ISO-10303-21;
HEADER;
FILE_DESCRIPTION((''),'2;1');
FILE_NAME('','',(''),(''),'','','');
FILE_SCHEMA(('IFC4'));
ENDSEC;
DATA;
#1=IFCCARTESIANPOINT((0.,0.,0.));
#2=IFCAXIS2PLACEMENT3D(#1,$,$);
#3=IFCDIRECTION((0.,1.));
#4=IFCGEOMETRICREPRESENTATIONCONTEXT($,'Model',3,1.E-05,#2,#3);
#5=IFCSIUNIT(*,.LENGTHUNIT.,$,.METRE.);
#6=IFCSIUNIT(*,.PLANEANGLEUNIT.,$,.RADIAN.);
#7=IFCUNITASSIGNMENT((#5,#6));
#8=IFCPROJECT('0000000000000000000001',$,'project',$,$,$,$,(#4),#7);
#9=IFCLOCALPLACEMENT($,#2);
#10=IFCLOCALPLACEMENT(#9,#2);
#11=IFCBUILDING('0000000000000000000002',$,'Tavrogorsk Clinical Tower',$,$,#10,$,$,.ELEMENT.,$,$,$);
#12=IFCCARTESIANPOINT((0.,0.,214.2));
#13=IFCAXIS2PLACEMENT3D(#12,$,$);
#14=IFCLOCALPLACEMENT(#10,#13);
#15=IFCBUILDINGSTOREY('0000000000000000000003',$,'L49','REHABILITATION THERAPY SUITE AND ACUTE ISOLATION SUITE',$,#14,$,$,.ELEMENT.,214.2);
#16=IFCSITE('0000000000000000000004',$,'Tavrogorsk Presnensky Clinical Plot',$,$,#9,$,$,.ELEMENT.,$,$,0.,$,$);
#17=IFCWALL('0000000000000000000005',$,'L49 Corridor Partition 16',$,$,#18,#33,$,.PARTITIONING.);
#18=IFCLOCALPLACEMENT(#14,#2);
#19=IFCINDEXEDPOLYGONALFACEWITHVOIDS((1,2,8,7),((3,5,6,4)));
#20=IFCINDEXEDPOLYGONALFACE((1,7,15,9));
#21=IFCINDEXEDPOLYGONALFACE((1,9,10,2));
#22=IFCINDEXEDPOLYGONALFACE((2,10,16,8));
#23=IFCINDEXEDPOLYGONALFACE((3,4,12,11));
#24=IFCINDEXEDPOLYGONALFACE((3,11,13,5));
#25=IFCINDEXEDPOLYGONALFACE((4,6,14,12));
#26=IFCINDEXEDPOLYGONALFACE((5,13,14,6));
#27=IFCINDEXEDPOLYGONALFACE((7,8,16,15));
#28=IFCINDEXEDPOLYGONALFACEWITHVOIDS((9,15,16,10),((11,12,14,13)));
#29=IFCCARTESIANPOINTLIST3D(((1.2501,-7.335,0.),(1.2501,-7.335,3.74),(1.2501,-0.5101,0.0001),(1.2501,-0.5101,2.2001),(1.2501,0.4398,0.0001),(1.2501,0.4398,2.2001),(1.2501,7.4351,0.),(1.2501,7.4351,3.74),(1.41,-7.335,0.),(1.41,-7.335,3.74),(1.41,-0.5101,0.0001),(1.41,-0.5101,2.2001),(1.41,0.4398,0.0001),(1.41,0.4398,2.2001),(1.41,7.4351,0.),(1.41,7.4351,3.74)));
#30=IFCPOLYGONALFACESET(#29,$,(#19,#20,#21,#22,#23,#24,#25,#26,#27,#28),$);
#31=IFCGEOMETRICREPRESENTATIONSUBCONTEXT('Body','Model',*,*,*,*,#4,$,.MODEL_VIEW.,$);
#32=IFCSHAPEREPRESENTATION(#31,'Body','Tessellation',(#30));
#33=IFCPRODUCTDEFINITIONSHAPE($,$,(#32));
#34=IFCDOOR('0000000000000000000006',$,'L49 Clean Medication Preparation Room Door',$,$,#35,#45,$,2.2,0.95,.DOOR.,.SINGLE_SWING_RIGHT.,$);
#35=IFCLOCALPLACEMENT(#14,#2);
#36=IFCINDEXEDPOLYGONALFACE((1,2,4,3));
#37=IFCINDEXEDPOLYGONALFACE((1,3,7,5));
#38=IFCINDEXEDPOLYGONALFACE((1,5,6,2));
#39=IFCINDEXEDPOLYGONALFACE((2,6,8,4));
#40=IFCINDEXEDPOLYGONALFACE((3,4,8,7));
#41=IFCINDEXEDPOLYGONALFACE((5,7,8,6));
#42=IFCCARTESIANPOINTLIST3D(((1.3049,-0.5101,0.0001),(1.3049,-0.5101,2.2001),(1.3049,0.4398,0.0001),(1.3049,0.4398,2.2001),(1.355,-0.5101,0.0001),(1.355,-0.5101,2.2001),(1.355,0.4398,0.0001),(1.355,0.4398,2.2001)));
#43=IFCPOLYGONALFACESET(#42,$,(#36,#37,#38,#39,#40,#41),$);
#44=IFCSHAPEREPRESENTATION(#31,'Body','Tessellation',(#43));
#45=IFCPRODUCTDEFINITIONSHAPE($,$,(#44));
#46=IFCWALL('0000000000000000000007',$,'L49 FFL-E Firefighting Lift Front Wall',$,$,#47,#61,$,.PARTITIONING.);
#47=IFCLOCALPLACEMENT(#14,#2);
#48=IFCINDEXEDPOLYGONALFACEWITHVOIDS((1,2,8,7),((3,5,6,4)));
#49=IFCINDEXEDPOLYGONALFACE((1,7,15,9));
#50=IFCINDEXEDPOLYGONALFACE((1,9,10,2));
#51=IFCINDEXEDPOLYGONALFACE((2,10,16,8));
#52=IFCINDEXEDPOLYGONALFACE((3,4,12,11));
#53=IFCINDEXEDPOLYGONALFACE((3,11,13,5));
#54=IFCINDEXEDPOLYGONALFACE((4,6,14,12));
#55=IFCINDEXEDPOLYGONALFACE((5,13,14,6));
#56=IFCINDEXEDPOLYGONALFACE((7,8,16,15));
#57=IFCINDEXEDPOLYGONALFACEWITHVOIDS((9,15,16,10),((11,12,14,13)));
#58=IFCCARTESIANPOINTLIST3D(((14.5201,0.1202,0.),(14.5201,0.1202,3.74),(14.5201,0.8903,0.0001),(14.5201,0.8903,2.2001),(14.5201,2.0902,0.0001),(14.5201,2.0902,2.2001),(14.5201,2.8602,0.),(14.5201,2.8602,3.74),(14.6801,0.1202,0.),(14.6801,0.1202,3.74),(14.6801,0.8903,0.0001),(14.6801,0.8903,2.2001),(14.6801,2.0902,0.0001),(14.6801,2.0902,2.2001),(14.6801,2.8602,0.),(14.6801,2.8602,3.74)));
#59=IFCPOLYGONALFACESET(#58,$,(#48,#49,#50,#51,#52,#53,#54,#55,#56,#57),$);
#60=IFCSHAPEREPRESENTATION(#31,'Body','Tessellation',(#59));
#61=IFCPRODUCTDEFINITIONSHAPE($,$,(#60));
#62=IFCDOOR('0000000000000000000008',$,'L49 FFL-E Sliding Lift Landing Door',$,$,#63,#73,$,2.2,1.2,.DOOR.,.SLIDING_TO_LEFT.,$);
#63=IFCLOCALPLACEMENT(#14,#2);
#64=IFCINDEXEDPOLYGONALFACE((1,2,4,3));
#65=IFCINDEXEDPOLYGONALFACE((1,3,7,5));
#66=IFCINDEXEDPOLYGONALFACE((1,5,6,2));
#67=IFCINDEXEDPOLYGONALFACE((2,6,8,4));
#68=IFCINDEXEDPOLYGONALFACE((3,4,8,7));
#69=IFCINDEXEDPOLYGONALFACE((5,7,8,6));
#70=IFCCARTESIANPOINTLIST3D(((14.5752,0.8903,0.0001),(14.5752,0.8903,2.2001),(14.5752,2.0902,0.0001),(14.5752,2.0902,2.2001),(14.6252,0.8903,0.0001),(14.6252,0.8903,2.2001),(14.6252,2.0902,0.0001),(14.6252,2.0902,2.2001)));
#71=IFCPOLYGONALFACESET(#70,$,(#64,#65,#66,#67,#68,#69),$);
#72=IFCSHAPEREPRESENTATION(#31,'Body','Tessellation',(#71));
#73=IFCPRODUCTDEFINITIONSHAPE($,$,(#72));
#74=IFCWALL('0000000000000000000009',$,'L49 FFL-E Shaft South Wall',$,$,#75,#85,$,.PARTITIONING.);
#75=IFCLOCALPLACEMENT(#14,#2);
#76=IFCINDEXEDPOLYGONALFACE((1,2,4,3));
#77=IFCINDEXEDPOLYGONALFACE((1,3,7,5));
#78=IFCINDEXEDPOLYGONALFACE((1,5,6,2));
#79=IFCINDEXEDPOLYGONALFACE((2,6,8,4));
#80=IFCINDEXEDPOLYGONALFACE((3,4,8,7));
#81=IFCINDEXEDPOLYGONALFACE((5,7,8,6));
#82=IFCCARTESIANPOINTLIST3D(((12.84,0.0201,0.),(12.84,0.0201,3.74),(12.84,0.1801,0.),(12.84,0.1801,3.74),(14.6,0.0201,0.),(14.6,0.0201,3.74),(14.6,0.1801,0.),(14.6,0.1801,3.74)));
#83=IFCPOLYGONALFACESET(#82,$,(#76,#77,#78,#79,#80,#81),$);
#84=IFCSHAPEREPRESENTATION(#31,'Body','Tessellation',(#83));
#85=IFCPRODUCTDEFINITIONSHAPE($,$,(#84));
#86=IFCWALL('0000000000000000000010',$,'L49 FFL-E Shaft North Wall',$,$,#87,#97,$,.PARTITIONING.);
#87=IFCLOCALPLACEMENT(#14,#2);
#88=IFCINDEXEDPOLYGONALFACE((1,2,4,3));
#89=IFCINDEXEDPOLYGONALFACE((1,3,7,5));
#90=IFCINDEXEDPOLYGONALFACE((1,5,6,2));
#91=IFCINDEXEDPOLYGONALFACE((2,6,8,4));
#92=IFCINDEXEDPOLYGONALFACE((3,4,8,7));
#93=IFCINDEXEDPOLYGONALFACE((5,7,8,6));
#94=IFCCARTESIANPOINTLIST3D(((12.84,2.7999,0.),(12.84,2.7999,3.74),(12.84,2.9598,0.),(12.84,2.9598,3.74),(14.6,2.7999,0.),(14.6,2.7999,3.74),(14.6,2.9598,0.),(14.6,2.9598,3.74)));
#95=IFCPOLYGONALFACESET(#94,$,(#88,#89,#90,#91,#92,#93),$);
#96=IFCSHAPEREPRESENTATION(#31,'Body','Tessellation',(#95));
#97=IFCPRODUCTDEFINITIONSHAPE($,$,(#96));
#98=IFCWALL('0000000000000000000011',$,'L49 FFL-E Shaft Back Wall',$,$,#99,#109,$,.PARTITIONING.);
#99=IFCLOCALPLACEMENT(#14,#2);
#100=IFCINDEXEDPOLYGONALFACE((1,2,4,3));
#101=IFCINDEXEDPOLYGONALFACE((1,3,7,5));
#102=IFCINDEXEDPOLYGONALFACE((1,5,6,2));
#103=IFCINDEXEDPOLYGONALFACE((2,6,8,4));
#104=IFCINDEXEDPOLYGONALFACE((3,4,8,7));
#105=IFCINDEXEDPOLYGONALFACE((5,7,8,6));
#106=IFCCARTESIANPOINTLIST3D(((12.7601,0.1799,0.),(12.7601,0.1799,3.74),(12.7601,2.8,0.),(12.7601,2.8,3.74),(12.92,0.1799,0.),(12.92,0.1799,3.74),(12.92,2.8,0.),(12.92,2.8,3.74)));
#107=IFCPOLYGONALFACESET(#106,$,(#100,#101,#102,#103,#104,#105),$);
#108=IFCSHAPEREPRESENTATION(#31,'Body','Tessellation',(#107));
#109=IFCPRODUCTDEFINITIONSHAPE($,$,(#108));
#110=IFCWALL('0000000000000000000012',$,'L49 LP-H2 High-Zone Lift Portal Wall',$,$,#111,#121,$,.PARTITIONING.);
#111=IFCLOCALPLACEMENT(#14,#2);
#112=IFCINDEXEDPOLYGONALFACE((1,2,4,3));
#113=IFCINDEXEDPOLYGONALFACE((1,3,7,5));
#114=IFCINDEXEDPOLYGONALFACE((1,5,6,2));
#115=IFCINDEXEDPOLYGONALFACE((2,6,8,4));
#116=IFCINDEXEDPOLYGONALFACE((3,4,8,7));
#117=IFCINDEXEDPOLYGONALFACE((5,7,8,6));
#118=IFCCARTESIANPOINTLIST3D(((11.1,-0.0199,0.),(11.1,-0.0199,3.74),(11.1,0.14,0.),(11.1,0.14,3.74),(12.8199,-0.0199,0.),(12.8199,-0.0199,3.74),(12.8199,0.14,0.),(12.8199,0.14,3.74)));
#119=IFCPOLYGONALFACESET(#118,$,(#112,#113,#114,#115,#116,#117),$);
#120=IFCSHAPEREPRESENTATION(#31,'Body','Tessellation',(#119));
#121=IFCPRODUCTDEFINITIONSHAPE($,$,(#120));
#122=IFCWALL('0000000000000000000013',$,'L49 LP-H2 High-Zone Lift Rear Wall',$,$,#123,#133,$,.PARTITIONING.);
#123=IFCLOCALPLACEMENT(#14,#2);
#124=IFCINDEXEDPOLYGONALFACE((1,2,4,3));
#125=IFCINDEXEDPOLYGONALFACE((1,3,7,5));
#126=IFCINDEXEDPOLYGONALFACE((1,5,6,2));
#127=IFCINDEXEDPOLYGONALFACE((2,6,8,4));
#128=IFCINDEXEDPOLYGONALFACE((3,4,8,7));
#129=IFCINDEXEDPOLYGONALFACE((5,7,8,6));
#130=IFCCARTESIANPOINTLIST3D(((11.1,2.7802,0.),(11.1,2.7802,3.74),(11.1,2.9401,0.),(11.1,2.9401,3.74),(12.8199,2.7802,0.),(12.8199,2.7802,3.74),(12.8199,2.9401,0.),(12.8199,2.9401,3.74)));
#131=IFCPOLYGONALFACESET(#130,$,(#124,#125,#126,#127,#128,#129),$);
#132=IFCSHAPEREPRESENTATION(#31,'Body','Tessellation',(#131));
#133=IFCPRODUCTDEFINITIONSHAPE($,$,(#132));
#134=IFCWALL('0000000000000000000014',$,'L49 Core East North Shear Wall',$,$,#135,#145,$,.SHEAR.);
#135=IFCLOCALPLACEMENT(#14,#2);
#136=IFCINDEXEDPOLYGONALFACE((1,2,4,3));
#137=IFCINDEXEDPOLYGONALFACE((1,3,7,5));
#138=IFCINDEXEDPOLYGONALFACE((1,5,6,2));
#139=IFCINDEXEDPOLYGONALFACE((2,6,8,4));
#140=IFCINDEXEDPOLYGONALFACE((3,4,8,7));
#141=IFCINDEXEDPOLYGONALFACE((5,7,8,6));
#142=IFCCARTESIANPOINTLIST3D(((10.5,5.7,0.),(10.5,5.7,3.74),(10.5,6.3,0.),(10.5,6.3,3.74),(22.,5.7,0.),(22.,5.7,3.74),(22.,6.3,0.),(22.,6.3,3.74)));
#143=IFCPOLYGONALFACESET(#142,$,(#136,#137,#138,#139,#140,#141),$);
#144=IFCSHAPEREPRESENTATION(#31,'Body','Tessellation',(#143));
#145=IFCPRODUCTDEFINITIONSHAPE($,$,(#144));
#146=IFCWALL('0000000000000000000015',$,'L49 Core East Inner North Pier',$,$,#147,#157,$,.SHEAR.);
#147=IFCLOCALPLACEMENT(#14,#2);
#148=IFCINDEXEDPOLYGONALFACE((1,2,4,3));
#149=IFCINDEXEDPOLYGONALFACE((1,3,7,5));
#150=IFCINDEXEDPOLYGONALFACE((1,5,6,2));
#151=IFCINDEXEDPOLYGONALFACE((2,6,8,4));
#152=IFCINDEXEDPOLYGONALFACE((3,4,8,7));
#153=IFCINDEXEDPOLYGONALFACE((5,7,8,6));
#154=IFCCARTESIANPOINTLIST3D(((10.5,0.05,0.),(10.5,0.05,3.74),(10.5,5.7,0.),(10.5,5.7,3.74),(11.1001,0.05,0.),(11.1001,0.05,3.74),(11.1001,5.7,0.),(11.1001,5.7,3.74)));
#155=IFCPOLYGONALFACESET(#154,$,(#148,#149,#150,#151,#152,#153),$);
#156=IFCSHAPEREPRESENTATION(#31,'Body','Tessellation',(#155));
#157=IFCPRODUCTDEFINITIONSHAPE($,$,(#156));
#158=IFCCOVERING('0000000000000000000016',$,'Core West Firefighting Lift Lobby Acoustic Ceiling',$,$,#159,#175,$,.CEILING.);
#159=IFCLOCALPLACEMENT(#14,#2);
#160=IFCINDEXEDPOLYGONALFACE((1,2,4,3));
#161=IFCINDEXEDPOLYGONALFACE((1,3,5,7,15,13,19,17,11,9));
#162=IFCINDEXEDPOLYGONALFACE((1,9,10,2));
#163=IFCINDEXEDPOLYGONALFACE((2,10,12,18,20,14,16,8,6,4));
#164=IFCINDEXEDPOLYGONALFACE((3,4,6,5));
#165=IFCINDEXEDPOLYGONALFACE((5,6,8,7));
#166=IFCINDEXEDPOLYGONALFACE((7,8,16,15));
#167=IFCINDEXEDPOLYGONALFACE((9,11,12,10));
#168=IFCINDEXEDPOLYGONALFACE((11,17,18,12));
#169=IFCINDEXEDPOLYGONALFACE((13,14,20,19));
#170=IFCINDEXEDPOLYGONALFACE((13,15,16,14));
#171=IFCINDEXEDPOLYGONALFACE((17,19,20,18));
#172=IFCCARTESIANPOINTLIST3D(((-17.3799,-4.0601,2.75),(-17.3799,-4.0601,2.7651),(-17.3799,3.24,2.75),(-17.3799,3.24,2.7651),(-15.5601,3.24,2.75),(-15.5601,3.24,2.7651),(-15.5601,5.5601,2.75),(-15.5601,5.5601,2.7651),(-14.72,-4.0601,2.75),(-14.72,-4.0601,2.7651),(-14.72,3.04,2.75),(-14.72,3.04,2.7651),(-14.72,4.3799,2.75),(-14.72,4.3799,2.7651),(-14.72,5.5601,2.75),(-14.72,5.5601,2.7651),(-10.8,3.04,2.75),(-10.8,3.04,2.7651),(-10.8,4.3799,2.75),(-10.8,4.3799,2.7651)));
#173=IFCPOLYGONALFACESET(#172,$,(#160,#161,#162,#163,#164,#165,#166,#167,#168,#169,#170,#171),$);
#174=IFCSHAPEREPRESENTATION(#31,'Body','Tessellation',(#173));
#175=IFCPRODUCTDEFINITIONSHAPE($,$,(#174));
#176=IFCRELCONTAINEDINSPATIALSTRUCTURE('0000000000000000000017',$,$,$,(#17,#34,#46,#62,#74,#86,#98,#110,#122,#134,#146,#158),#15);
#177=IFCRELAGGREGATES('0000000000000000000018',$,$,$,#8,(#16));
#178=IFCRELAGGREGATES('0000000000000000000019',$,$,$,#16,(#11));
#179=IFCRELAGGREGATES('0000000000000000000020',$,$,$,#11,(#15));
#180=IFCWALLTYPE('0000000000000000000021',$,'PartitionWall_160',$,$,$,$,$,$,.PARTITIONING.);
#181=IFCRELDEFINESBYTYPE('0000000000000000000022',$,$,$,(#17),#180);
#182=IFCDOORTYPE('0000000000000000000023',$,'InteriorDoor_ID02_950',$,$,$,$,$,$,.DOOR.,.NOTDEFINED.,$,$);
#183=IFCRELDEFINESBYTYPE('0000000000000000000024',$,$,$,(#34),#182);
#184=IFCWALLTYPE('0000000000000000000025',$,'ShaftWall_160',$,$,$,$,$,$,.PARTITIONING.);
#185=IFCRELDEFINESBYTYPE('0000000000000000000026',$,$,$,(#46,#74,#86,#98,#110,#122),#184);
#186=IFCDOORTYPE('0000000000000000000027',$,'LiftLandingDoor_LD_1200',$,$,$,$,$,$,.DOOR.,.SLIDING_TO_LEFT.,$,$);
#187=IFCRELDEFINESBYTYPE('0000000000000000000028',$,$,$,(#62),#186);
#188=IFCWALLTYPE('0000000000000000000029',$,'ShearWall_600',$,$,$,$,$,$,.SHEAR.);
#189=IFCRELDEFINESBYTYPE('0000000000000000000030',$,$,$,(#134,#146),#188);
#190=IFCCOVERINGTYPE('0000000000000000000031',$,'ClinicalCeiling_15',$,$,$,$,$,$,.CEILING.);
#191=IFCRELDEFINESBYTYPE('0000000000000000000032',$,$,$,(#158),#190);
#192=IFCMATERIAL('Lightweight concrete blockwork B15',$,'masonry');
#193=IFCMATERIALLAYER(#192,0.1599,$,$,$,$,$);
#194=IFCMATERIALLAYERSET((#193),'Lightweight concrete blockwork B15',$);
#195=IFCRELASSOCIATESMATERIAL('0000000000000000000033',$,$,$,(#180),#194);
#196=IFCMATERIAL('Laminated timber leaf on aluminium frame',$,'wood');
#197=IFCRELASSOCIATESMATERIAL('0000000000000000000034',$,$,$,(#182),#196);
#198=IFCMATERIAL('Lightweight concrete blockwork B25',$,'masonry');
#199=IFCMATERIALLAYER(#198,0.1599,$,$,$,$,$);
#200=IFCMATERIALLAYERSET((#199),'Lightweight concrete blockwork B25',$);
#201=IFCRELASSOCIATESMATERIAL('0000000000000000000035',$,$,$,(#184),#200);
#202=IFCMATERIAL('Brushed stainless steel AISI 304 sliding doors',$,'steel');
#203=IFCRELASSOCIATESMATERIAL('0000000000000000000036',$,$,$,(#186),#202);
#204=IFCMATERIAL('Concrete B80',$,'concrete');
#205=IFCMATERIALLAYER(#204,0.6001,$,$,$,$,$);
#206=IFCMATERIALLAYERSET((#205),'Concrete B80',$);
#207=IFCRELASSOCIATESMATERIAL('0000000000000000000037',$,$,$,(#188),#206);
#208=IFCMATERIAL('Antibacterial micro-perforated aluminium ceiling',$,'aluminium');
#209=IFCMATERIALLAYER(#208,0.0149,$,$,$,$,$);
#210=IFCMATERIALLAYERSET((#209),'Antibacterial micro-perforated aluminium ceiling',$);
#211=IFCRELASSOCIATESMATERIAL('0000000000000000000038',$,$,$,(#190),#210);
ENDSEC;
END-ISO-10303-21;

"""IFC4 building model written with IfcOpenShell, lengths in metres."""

from ifc_helpers import new_model, si_unit, direction, frame, frame_2d, origin, place, context, subcontext, project, spatial, polyline, rectangle, outline, extrude, material, layer, layer_set, type_object, element, fill, save


model = new_model("IFC4")

# Units and contexts
model_context = context("Model", 3, precision=1e-05, world=origin(), true_north=direction((0.0, 1.0)))
body_context = subcontext(model_context, "Body", "Model", "MODEL_VIEW")
ifc_project = project(units=[si_unit("LENGTHUNIT", "METRE"), si_unit("PLANEANGLEUNIT", "RADIAN")], contexts=[model_context])

# Site, building, storey
site_placement = place(None, origin())
site = spatial("IfcSite", under=ifc_project, at=site_placement, Name="Tavrogorsk Presnensky Clinical Plot", CompositionType="ELEMENT", RefElevation=0.0)
building_placement = place(site_placement, origin())
building = spatial("IfcBuilding", under=site, at=building_placement, Name="Tavrogorsk Clinical Tower", CompositionType="ELEMENT")
storey_placement = place(building_placement, frame((0.0, 0.0, 214.2)))
storey = spatial("IfcBuildingStorey", under=building, at=storey_placement, Name="L49", Description="REHABILITATION THERAPY SUITE AND ACUTE ISOLATION SUITE", CompositionType="ELEMENT", Elevation=214.2)

# Shared definitions
ifc_material_1 = material(Name="Lightweight concrete blockwork B15", Category="masonry")
ifc_layer_1 = layer(ifc_material_1, 0.1599)
ifc_layer_set_1 = layer_set([ifc_layer_1], Name="Lightweight concrete blockwork B15")
wall_type_1 = type_object("IfcWallType", Name="PartitionWall_160", PredefinedType="PARTITIONING", material=ifc_layer_set_1)
ifc_material_2 = material(Name="Laminated timber leaf on aluminium frame", Category="wood")
door_type_1 = type_object("IfcDoorType", Name="InteriorDoor_ID02_950", OperationType="NOTDEFINED", PredefinedType="DOOR", material=ifc_material_2)

# Walls, openings, doors
wall_1_placement = place(storey_placement, frame((1.3301, 7.4351, 0.0), z_axis=(0.0, 0.0, 1.0), x_axis=(0.0, -1.0, 0.0)))
wall_1 = element("IfcWall", 1, at=wall_1_placement, inside=storey, type_object=wall_type_1, Name="L49 Corridor Partition 16", PredefinedType="PARTITIONING", context=body_context, shape_type="SweptSolid", body=[
    extrude(rectangle(XDim=14.77, YDim=0.1599, at=frame_2d((7.385, 0.0))), origin(), (0.0, 0.0, 1.0), 3.74),
])
opening_1_placement = place(wall_1_placement, frame((6.9951, 0.0, 0.0)))
opening_1 = element("IfcOpeningElement", 2, at=opening_1_placement, cuts=wall_1, PredefinedType="OPENING", context=body_context, shape_type="SweptSolid", body=[
    extrude(rectangle(XDim=0.95, YDim=2.2, at=frame_2d((0.4751, 1.1001))), frame((0.0, 0.0898, 0.0), z_axis=(0.0, -1.0, 0.0), x_axis=(1.0, 0.0, 0.0)), (0.0, 0.0, 1.0), 0.1799),
])
door_1_placement = place(opening_1_placement, origin())
door_1 = element("IfcDoor", 3, at=door_1_placement, inside=storey, type_object=door_type_1, Name="L49 Clean Medication Preparation Room Door", OperationType="SINGLE_SWING_RIGHT", OverallHeight=2.2, OverallWidth=0.95, PredefinedType="DOOR", context=body_context, shape_type="SweptSolid", body=[
    extrude(rectangle(XDim=0.95, YDim=2.2, at=frame_2d((0.4751, 1.1001))), frame((0.0, 0.0249, 0.0), z_axis=(0.0, -1.0, 0.0), x_axis=(1.0, 0.0, 0.0)), (0.0, 0.0, 1.0), 0.05),
])
fill(opening_1, door_1)
ifc_material_3 = material(Name="Lightweight concrete blockwork B25", Category="masonry")
ifc_layer_2 = layer(ifc_material_3, 0.1599)
ifc_layer_set_2 = layer_set([ifc_layer_2], Name="Lightweight concrete blockwork B25")
wall_type_2 = type_object("IfcWallType", Name="ShaftWall_160", PredefinedType="PARTITIONING", material=ifc_layer_set_2)
wall_2_placement = place(storey_placement, frame((14.6001, 0.1201, 0.0), z_axis=(0.0, 0.0, 1.0), x_axis=(0.0, 1.0, 0.0)))
wall_2 = element("IfcWall", 4, at=wall_2_placement, inside=storey, type_object=wall_type_2, Name="L49 FFL-E Firefighting Lift Front Wall", PredefinedType="PARTITIONING", context=body_context, shape_type="SweptSolid", body=[
    extrude(rectangle(XDim=2.74, YDim=0.1599, at=frame_2d((1.3701, 0.0))), origin(), (0.0, 0.0, 1.0), 3.74),
])
opening_2_placement = place(wall_2_placement, frame((0.77, 0.0, 0.0)))
opening_2 = element("IfcOpeningElement", 5, at=opening_2_placement, cuts=wall_2, PredefinedType="OPENING", context=body_context, shape_type="SweptSolid", body=[
    extrude(rectangle(XDim=1.2, YDim=2.2, at=frame_2d((0.6001, 1.1001))), frame((0.0, 0.0898, 0.0), z_axis=(0.0, -1.0, 0.0), x_axis=(1.0, 0.0, 0.0)), (0.0, 0.0, 1.0), 0.1799),
])
ifc_material_4 = material(Name="Brushed stainless steel AISI 304 sliding doors", Category="steel")
door_type_2 = type_object("IfcDoorType", Name="LiftLandingDoor_LD_1200", OperationType="SLIDING_TO_LEFT", PredefinedType="DOOR", material=ifc_material_4)
door_2_placement = place(opening_2_placement, origin())
door_2 = element("IfcDoor", 6, at=door_2_placement, inside=storey, type_object=door_type_2, Name="L49 FFL-E Sliding Lift Landing Door", OperationType="SLIDING_TO_LEFT", OverallHeight=2.2, OverallWidth=1.2, PredefinedType="DOOR", context=body_context, shape_type="SweptSolid", body=[
    extrude(rectangle(XDim=1.2, YDim=2.2, at=frame_2d((0.6001, 1.1001))), frame((0.0, 0.0249, 0.0), z_axis=(0.0, -1.0, 0.0), x_axis=(1.0, 0.0, 0.0)), (0.0, 0.0, 1.0), 0.05),
])
fill(opening_2, door_2)

# Walls
for number, where, z_axis, x_axis, name in (
    (7, (12.8401, 0.1001, 0.0), (0.0, 0.0, 1.0), (1.0, 0.0, 0.0), "L49 FFL-E Shaft South Wall"),
    (8, (12.8401, 2.8799, 0.0), (0.0, 0.0, 1.0), (1.0, 0.0, 0.0), "L49 FFL-E Shaft North Wall"),
):
    element("IfcWall", number, at=place(storey_placement, frame(where, z_axis=z_axis, x_axis=x_axis)), inside=storey, type_object=wall_type_2, Name=name, PredefinedType="PARTITIONING", context=body_context, shape_type="SweptSolid", body=[
        extrude(rectangle(XDim=1.76, YDim=0.1599, at=frame_2d((0.8799, 0.0))), origin(), (0.0, 0.0, 1.0), 3.74),
    ])
wall_3_placement = place(storey_placement, frame((12.8401, 0.1799, 0.0), z_axis=(0.0, 0.0, 1.0), x_axis=(0.0, 1.0, 0.0)))
element("IfcWall", 9, at=wall_3_placement, inside=storey, type_object=wall_type_2, Name="L49 FFL-E Shaft Back Wall", PredefinedType="PARTITIONING", context=body_context, shape_type="SweptSolid", body=[
    extrude(rectangle(XDim=2.6201, YDim=0.1599, at=frame_2d((1.3101, 0.0))), origin(), (0.0, 0.0, 1.0), 3.74),
])
for number, where, z_axis, x_axis, name in (
    (10, (11.1001, 0.0601, 0.0), (0.0, 0.0, 1.0), (1.0, 0.0, 0.0), "L49 LP-H2 High-Zone Lift Portal Wall"),
    (11, (11.1001, 2.8601, 0.0), (0.0, 0.0, 1.0), (1.0, 0.0, 0.0), "L49 LP-H2 High-Zone Lift Rear Wall"),
):
    element("IfcWall", number, at=place(storey_placement, frame(where, z_axis=z_axis, x_axis=x_axis)), inside=storey, type_object=wall_type_2, Name=name, PredefinedType="PARTITIONING", context=body_context, shape_type="SweptSolid", body=[
        extrude(rectangle(XDim=1.72, YDim=0.1599, at=frame_2d((0.8599, 0.0))), origin(), (0.0, 0.0, 1.0), 3.74),
    ])
ifc_material_5 = material(Name="Concrete B80", Category="concrete")
ifc_layer_3 = layer(ifc_material_5, 0.6001)
ifc_layer_set_3 = layer_set([ifc_layer_3], Name="Concrete B80")
wall_type_3 = type_object("IfcWallType", Name="ShearWall_600", PredefinedType="SHEAR", material=ifc_layer_set_3)
wall_4_placement = place(storey_placement, frame((10.5, 6.0, 0.0), z_axis=(0.0, 0.0, 1.0), x_axis=(1.0, 0.0, 0.0)))
element("IfcWall", 12, at=wall_4_placement, inside=storey, type_object=wall_type_3, Name="L49 Core East North Shear Wall", PredefinedType="SHEAR", context=body_context, shape_type="SweptSolid", body=[
    extrude(rectangle(XDim=11.5, YDim=0.6001, at=frame_2d((5.75, 0.0))), origin(), (0.0, 0.0, 1.0), 3.74),
])
wall_5_placement = place(storey_placement, frame((10.8, 0.05, 0.0), z_axis=(0.0, 0.0, 1.0), x_axis=(0.0, 1.0, 0.0)))
element("IfcWall", 13, at=wall_5_placement, inside=storey, type_object=wall_type_3, Name="L49 Core East Inner North Pier", PredefinedType="SHEAR", context=body_context, shape_type="SweptSolid", body=[
    extrude(rectangle(XDim=5.6499, YDim=0.6001, at=frame_2d((2.825, 0.0))), origin(), (0.0, 0.0, 1.0), 3.74),
])

# Covering
ifc_material_6 = material(Name="Antibacterial micro-perforated aluminium ceiling", Category="aluminium")
ifc_layer_4 = layer(ifc_material_6, 0.0149)
ifc_layer_set_4 = layer_set([ifc_layer_4], Name="Antibacterial micro-perforated aluminium ceiling")
covering_type_1 = type_object("IfcCoveringType", Name="ClinicalCeiling_15", PredefinedType="CEILING", material=ifc_layer_set_4)
covering_1_placement = place(storey_placement, frame((0.0, 0.0, 2.75)))
element("IfcCovering", 14, at=covering_1_placement, inside=storey, type_object=covering_type_1, Name="Core West Firefighting Lift Lobby Acoustic Ceiling", PredefinedType="CEILING", context=body_context, shape_type="SweptSolid", body=[
    extrude(outline(polyline([(-14.72, 4.3799), (-10.8, 4.3799), (-10.8, 3.04), (-14.72, 3.04), (-14.72, -4.0601), (-17.3799, -4.0601), (-17.3799, 3.24), (-15.5601, 3.24), (-15.5601, 5.5601), (-14.72, 5.5601), (-14.72, 4.3799)])), origin(), (0.0, 0.0, 1.0), 0.0151),
])

save(model, "model.ifc")
